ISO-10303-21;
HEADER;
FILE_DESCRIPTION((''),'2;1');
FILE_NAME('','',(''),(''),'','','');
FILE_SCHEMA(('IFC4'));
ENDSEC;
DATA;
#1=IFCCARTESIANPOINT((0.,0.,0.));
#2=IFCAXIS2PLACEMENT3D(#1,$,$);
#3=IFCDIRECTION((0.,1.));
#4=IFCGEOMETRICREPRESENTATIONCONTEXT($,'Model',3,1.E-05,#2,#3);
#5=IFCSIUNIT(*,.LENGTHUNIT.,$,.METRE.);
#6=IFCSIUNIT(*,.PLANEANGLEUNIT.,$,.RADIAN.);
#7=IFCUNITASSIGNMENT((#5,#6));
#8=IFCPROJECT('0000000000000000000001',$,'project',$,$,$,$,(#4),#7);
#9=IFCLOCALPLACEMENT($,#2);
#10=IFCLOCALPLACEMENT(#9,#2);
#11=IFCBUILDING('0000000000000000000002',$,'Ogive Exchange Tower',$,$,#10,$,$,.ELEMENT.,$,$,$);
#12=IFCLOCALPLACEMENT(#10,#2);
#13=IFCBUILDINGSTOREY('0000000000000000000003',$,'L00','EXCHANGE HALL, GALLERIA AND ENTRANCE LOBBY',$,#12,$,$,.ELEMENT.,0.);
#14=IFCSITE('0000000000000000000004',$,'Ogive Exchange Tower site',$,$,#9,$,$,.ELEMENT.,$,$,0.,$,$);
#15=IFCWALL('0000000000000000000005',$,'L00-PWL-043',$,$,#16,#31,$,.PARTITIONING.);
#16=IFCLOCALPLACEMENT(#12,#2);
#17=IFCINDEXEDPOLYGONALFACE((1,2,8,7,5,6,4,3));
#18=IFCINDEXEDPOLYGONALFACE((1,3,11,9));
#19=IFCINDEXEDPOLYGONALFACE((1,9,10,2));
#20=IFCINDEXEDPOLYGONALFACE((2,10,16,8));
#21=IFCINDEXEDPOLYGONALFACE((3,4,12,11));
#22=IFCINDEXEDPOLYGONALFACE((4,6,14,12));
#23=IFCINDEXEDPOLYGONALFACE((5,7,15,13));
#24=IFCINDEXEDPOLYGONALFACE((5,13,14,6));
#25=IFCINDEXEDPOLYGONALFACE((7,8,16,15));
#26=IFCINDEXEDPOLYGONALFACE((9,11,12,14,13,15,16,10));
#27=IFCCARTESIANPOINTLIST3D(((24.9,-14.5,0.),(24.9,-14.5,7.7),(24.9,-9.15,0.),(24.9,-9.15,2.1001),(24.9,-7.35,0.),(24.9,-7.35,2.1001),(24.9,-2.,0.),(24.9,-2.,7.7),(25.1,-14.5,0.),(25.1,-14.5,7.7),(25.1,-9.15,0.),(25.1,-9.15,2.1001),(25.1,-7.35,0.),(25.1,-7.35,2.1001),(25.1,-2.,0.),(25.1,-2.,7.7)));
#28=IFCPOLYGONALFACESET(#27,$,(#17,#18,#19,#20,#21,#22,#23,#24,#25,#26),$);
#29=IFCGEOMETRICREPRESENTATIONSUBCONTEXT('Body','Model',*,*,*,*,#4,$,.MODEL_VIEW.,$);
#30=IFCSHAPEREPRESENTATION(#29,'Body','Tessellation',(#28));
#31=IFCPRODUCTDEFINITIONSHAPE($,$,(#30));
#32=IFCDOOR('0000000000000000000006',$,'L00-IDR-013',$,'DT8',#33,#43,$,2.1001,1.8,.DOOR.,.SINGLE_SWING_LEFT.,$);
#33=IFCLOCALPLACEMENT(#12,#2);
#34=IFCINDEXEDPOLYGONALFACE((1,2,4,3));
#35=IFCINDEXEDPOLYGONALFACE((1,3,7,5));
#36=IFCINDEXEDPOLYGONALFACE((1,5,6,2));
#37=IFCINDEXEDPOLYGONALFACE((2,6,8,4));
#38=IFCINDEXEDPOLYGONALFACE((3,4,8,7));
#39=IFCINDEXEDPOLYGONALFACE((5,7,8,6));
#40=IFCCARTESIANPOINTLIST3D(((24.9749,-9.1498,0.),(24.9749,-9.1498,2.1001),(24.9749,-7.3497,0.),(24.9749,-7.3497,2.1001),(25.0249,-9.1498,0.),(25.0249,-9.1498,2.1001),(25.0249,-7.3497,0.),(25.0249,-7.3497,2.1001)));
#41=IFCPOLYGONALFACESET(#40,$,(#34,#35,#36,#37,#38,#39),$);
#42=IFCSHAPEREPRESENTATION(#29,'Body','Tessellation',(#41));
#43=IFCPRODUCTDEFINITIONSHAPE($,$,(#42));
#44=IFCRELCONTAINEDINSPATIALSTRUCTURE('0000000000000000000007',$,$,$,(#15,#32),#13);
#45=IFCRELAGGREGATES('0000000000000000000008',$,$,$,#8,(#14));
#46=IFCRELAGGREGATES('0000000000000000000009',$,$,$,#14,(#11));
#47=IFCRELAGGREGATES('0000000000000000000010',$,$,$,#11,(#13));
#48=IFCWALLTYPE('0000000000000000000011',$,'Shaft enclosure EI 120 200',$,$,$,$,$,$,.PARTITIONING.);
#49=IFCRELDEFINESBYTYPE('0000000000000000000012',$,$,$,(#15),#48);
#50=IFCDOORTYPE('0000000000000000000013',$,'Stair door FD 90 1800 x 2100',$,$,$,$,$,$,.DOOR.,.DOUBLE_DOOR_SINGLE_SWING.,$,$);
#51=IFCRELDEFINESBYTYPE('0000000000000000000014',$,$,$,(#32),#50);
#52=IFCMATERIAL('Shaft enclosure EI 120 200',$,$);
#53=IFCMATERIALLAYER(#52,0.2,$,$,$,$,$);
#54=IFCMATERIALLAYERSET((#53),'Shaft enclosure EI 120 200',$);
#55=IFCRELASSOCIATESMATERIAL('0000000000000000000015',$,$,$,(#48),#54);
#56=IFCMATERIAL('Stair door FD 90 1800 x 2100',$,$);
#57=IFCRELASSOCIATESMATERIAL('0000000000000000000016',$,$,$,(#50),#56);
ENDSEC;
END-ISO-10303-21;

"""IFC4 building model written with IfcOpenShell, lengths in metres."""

from ifc_helpers import new_model, si_unit, direction, frame, frame_2d, origin, place, context, subcontext, project, spatial, rectangle, extrude, material, layer, layer_set, type_object, element, fill, save


model = new_model("IFC4")

# Units and contexts
model_context = context("Model", 3, precision=1e-05, world=origin(), true_north=direction((0.0, 1.0)))
body_context = subcontext(model_context, "Body", "Model", "MODEL_VIEW")
ifc_project = project(units=[si_unit("LENGTHUNIT", "METRE"), si_unit("PLANEANGLEUNIT", "RADIAN")], contexts=[model_context])

# Site, building, storey
site_placement = place(None, origin())
site = spatial("IfcSite", under=ifc_project, at=site_placement, Name="Ogive Exchange Tower site", CompositionType="ELEMENT", RefElevation=0.0)
building_placement = place(site_placement, origin())
building = spatial("IfcBuilding", under=site, at=building_placement, Name="Ogive Exchange Tower", CompositionType="ELEMENT")
storey_placement = place(building_placement, origin())
storey = spatial("IfcBuildingStorey", under=building, at=storey_placement, Name="L00", Description="EXCHANGE HALL, GALLERIA AND ENTRANCE LOBBY", CompositionType="ELEMENT", Elevation=0.0)

# Shared definitions
ifc_material_1 = material(Name="Shaft enclosure EI 120 200")
ifc_layer_1 = layer(ifc_material_1, 0.2)
ifc_layer_set_1 = layer_set([ifc_layer_1], Name="Shaft enclosure EI 120 200")
wall_type_1 = type_object("IfcWallType", Name="Shaft enclosure EI 120 200", PredefinedType="PARTITIONING", material=ifc_layer_set_1)

# Wall, opening, door
ifc_material_2 = material(Name="Stair door FD 90 1800 x 2100")
door_type_1 = type_object("IfcDoorType", Name="Stair door FD 90 1800 x 2100", OperationType="DOUBLE_DOOR_SINGLE_SWING", PredefinedType="DOOR", material=ifc_material_2)
wall_1_placement = place(storey_placement, frame((25.0, -14.5, 0.0), z_axis=(0.0, 0.0, 1.0), x_axis=(0.0, 1.0, 0.0)))
wall_1 = element("IfcWall", 1, at=wall_1_placement, inside=storey, type_object=wall_type_1, Name="L00-PWL-043", PredefinedType="PARTITIONING", context=body_context, shape_type="SweptSolid", body=[
    extrude(rectangle(XDim=12.5, YDim=0.2, at=frame_2d((6.25, 0.0))), origin(), (0.0, 0.0, 1.0), 7.7),
])
opening_1_placement = place(wall_1_placement, frame((5.3501, 0.0, 0.0)))
opening_1 = element("IfcOpeningElement", 2, at=opening_1_placement, cuts=wall_1, PredefinedType="OPENING", context=body_context, shape_type="SweptSolid", body=[
    extrude(rectangle(XDim=1.8, YDim=2.1001, at=frame_2d((0.8999, 1.05))), frame((0.0, 0.1099, 0.0), z_axis=(0.0, -1.0, 0.0), x_axis=(1.0, 0.0, 0.0)), (0.0, 0.0, 1.0), 0.22),
])
door_1_placement = place(opening_1_placement, frame((1.8, 0.0, 0.0), z_axis=(0.0, 0.0, 1.0), x_axis=(-1.0, 0.0, 0.0)))
door_1 = element("IfcDoor", 3, at=door_1_placement, inside=storey, type_object=door_type_1, Name="L00-IDR-013", ObjectType="DT8", OperationType="SINGLE_SWING_LEFT", OverallHeight=2.1001, OverallWidth=1.8, PredefinedType="DOOR", context=body_context, shape_type="SweptSolid", body=[
    extrude(rectangle(XDim=1.8, YDim=2.1001, at=frame_2d((0.8999, 1.05))), frame((0.0, 0.0249, 0.0), z_axis=(0.0, -1.0, 0.0), x_axis=(1.0, 0.0, 0.0)), (0.0, 0.0, 1.0), 0.05),
])
fill(opening_1, door_1)

save(model, "model.ifc")
